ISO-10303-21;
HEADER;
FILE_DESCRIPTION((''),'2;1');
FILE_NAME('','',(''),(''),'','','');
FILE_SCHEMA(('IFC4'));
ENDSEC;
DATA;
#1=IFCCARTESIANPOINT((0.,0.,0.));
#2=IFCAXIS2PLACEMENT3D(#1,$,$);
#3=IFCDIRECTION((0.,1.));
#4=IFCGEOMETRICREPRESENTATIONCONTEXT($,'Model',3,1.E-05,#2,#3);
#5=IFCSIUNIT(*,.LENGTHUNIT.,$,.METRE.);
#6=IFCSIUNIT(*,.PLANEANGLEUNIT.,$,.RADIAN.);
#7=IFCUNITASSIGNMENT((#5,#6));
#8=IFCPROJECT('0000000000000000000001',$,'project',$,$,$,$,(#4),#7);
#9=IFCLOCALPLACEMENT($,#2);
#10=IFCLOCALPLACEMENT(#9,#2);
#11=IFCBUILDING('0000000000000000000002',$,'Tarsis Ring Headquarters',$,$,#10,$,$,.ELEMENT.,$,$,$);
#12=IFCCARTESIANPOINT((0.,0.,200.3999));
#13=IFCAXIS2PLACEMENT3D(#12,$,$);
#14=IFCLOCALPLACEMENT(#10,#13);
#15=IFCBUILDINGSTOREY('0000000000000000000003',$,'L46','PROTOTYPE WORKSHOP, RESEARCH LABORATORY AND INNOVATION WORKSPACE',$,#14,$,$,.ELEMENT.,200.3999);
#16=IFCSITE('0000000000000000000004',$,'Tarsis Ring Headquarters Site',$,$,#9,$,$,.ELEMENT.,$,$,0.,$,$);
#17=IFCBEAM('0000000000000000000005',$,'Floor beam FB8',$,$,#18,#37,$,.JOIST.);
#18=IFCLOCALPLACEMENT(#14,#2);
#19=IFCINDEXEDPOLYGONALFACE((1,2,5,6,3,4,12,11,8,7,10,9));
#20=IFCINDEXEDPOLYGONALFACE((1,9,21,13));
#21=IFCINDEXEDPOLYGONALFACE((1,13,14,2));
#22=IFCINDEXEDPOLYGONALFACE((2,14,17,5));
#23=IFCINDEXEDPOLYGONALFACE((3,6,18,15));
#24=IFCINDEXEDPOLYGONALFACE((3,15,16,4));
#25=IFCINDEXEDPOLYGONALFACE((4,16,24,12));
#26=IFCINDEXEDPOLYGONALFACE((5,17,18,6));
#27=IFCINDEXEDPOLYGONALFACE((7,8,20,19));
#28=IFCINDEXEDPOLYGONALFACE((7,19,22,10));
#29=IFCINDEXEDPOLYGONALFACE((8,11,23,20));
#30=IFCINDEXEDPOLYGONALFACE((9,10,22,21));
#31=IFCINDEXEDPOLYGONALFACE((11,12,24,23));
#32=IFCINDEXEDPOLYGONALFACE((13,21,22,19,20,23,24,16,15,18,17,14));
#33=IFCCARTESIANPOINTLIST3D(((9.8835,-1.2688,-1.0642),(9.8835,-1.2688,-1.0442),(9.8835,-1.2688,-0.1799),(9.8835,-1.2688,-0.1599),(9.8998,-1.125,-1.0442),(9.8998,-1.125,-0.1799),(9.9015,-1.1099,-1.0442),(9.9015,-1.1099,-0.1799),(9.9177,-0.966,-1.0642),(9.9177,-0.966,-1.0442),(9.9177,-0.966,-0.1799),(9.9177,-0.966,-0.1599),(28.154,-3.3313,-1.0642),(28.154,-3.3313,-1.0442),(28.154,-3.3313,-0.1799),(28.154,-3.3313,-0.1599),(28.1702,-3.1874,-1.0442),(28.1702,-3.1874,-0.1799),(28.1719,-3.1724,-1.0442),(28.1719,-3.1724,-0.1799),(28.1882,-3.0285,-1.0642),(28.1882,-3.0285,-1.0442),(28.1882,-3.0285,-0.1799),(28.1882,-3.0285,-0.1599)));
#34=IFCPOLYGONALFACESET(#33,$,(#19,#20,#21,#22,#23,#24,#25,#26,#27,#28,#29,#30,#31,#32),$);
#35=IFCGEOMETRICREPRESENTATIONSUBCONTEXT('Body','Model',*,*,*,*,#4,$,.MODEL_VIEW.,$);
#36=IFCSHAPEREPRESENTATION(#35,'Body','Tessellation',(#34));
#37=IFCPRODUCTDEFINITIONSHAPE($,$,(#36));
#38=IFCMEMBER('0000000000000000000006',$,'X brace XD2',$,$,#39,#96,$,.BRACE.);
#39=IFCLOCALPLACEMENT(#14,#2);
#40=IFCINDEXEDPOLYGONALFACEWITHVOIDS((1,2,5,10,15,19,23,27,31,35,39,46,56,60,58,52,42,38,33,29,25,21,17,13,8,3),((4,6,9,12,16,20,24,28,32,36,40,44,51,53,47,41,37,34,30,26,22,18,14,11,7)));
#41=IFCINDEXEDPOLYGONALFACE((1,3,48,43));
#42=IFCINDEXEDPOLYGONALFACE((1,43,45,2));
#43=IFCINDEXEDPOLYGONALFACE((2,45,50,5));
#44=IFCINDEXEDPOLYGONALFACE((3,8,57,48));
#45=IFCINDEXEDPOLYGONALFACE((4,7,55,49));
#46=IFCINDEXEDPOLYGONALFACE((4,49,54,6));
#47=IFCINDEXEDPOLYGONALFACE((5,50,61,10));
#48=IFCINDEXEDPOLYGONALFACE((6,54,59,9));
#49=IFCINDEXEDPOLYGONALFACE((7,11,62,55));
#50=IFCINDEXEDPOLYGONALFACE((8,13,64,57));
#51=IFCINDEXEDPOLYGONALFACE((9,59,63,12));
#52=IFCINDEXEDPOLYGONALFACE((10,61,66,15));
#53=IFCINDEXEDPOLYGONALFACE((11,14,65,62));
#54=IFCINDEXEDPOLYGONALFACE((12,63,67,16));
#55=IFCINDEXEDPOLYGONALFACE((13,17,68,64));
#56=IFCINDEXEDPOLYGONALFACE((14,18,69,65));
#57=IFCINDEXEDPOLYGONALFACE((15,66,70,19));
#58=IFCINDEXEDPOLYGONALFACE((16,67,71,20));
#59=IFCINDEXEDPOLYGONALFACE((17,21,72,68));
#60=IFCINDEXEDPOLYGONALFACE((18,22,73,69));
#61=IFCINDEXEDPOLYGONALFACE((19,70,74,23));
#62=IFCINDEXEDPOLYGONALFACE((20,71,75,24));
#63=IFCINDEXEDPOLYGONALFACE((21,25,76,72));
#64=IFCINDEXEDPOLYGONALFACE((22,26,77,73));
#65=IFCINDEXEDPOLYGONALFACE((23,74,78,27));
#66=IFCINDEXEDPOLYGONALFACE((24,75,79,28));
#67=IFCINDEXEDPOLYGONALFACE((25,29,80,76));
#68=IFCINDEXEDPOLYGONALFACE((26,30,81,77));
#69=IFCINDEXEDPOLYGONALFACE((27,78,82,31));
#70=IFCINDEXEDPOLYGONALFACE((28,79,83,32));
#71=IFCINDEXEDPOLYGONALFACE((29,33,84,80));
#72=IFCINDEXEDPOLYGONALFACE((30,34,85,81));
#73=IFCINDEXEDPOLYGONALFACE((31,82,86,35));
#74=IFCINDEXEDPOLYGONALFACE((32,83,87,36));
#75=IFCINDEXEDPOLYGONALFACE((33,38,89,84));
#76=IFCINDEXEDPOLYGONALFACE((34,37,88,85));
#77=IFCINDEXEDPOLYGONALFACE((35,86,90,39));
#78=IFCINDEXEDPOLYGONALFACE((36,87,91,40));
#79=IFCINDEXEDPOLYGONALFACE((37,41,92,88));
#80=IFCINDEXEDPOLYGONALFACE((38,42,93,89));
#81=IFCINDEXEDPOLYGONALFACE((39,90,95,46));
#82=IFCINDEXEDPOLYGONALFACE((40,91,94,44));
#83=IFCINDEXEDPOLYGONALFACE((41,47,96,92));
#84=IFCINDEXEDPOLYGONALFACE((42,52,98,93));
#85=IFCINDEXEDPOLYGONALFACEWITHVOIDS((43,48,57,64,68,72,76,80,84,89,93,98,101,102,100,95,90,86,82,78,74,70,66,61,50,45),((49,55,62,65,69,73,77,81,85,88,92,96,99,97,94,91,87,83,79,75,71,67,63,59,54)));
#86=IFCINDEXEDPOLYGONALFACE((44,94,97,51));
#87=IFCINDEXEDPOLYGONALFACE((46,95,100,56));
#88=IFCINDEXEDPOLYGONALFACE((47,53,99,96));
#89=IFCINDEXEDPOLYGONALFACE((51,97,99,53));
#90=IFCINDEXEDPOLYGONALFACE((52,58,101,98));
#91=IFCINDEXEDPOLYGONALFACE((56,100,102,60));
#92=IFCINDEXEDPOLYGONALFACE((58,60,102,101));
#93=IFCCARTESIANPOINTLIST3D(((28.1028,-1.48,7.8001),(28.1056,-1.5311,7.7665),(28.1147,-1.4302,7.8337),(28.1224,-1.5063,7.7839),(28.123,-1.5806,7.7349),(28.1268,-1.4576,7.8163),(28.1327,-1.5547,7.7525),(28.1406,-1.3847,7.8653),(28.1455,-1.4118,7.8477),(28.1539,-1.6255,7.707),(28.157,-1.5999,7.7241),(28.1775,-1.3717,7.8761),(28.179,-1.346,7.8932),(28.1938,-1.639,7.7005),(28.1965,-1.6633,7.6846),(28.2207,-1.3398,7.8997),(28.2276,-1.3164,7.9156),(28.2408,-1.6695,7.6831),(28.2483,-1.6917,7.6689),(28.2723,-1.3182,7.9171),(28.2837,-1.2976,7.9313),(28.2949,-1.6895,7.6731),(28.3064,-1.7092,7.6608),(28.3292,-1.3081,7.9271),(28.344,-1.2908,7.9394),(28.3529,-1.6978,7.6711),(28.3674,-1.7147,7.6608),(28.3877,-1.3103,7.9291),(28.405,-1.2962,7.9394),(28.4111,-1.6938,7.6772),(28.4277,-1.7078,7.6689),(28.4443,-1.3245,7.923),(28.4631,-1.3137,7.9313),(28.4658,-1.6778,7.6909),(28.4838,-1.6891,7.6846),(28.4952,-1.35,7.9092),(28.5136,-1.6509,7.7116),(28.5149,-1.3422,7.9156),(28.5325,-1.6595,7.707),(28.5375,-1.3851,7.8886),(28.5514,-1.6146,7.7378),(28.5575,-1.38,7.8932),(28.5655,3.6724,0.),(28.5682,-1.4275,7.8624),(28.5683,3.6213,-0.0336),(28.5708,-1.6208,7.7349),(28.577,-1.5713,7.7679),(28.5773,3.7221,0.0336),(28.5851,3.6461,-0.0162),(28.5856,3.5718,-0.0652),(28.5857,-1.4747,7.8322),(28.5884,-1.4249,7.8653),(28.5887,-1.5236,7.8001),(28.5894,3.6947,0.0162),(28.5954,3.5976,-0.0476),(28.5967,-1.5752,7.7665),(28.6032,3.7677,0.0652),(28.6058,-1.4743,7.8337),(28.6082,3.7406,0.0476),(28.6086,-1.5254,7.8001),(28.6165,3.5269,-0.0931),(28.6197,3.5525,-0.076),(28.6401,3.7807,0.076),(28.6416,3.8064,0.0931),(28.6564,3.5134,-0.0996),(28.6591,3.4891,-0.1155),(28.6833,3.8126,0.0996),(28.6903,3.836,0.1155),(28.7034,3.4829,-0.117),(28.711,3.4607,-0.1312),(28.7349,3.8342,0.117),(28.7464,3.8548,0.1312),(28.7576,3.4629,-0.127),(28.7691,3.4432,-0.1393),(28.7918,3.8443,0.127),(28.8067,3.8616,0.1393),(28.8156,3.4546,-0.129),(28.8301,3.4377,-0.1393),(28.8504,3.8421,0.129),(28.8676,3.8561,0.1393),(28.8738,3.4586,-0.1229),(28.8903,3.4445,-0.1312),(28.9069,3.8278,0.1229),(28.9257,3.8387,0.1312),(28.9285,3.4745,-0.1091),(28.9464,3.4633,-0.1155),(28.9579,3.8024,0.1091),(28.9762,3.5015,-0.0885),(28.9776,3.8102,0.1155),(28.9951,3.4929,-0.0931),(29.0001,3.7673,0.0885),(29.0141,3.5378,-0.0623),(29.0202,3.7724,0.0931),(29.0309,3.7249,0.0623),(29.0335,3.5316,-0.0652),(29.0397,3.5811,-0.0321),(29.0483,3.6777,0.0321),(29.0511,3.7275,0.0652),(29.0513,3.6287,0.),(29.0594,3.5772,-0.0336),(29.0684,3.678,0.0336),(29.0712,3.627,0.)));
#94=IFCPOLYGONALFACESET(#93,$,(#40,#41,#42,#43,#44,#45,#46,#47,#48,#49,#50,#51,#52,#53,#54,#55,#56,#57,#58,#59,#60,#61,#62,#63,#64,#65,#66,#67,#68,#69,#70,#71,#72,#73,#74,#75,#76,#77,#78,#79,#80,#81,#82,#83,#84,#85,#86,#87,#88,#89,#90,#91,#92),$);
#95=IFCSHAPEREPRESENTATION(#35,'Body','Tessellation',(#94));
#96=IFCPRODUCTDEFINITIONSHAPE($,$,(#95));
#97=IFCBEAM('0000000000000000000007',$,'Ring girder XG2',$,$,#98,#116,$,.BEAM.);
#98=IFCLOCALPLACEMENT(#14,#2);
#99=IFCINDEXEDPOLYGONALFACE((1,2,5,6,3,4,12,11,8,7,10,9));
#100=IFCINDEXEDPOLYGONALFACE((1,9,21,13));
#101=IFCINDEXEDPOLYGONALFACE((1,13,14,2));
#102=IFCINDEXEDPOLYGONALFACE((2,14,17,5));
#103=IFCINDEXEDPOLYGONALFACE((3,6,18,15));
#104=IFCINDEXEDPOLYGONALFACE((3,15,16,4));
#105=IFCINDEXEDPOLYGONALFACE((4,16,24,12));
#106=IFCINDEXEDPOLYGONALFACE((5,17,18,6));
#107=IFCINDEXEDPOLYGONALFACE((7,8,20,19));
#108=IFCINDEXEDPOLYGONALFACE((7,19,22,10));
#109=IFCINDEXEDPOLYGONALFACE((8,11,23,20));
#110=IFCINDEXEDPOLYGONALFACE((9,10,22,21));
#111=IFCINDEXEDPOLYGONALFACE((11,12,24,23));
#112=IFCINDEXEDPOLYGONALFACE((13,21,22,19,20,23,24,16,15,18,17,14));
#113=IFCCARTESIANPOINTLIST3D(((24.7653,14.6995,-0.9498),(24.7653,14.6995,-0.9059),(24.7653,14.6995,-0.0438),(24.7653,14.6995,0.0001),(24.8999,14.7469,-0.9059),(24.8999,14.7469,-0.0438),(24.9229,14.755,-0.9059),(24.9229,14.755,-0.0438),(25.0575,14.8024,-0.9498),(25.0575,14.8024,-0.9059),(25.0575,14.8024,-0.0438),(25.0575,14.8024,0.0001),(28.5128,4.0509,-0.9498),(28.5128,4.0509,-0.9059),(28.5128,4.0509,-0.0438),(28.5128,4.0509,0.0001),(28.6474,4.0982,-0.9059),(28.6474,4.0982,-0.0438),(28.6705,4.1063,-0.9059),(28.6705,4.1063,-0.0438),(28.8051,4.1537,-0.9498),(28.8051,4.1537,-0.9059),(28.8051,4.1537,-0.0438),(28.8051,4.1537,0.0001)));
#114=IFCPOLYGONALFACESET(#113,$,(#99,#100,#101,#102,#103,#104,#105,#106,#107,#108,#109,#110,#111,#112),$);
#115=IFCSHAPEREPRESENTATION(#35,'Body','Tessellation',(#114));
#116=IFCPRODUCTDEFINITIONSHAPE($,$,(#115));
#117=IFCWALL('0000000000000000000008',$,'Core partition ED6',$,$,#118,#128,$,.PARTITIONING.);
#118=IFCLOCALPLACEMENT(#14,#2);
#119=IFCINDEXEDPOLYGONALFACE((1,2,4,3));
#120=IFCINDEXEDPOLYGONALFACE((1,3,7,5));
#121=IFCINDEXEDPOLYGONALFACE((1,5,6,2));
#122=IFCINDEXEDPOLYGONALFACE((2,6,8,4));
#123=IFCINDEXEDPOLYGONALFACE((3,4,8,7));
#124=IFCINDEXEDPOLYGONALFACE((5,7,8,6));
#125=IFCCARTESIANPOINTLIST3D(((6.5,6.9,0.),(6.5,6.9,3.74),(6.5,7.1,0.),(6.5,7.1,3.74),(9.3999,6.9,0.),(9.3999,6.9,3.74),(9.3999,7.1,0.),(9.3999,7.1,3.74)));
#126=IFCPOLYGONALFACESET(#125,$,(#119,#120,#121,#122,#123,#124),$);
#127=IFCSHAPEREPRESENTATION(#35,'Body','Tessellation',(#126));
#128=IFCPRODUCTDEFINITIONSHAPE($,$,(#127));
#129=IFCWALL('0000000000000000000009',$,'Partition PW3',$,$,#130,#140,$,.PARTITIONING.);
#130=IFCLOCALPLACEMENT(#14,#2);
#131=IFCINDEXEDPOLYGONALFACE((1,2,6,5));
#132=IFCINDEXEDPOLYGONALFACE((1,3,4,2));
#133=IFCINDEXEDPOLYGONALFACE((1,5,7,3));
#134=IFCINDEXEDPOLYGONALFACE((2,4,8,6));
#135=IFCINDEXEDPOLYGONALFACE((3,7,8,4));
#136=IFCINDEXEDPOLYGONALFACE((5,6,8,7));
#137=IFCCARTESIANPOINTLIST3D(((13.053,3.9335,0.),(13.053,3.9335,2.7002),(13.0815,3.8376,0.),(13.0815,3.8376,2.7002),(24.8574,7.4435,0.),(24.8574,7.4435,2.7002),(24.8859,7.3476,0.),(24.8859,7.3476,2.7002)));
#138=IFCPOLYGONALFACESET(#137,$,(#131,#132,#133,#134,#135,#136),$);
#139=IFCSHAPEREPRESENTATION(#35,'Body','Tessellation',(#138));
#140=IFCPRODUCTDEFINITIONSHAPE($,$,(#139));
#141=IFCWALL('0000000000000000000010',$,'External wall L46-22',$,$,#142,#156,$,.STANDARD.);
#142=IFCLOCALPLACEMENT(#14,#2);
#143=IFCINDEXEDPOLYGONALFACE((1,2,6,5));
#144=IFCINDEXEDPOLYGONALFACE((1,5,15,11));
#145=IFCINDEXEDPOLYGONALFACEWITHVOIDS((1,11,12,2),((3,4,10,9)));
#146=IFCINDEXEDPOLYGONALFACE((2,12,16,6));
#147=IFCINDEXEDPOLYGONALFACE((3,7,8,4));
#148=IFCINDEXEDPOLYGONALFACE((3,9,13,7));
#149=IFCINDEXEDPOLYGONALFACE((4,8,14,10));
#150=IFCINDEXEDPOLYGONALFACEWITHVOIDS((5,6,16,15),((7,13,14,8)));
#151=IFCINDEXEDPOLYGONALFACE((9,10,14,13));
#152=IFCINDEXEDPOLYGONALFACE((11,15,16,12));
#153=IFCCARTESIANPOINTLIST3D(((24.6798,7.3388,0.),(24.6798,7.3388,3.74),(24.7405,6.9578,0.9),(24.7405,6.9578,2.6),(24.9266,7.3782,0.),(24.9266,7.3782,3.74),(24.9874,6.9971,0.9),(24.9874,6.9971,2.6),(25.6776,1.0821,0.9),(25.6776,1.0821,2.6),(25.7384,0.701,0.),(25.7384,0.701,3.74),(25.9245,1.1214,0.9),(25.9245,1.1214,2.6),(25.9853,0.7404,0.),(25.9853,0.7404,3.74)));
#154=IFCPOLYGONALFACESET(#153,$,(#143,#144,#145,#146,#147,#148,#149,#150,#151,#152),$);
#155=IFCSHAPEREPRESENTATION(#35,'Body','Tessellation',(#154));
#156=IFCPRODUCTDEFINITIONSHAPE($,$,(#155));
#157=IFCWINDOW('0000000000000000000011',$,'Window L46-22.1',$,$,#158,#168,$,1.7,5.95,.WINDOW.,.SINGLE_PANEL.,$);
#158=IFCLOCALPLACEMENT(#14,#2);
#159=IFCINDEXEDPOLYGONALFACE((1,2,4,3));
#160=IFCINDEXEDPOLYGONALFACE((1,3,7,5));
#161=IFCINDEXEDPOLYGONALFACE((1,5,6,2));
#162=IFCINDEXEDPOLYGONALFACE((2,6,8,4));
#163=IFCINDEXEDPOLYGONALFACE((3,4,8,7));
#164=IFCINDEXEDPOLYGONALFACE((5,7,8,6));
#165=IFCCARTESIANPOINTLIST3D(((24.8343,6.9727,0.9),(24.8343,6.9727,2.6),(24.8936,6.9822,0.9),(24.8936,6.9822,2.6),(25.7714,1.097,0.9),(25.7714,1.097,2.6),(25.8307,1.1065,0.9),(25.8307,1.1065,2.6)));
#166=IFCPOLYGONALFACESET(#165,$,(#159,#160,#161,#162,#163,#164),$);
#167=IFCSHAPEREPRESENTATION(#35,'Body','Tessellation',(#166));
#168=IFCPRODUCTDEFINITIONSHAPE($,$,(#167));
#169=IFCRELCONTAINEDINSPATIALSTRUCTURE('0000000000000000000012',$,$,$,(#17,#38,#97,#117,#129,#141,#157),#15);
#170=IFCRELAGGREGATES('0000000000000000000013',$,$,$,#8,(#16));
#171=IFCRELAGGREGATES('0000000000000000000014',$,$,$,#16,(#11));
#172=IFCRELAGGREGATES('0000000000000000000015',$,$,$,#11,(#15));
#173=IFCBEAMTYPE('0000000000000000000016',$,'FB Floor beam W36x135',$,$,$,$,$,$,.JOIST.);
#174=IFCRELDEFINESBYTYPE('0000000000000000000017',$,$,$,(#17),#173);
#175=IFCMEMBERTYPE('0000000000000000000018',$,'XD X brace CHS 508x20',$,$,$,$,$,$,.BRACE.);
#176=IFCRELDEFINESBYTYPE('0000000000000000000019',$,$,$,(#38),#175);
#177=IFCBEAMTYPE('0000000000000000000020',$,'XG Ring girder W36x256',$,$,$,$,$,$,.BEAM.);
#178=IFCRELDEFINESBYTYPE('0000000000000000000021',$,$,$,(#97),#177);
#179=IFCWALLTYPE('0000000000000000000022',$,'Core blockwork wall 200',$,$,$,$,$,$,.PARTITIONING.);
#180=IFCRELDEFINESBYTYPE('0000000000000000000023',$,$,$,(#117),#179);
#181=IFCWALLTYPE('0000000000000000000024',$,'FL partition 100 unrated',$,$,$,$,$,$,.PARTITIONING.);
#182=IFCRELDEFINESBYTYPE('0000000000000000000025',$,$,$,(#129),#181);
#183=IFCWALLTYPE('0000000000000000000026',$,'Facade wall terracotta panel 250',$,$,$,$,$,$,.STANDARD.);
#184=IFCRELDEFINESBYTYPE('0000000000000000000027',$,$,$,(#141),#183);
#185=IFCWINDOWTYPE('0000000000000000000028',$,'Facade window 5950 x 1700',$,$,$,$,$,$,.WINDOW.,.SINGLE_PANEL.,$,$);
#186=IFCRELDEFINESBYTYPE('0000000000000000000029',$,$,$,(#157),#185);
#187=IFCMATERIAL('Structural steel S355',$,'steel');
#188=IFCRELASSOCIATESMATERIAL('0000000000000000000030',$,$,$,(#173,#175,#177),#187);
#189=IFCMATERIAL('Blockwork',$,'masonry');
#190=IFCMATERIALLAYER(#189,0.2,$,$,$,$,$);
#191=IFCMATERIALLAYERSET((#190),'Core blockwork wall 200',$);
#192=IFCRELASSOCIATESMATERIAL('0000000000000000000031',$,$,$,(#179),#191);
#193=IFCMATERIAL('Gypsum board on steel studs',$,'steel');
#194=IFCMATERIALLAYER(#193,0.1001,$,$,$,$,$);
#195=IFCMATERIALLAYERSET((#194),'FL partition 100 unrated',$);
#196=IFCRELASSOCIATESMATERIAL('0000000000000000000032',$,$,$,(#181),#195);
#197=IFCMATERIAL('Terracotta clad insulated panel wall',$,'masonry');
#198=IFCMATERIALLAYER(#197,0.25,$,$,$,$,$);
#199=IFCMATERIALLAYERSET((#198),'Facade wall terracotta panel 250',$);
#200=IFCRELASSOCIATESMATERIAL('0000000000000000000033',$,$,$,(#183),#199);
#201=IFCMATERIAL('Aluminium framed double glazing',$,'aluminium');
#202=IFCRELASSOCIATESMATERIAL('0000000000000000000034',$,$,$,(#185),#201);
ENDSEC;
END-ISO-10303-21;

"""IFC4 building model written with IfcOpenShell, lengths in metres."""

from ifc_helpers import new_model, si_unit, direction, frame, frame_2d, origin, origin_2d, place, context, subcontext, project, spatial, rectangle, hollow_circle, i_section, extrude, material, layer, layer_set, material_profile, profile_set, type_object, element, fill, save


model = new_model("IFC4")

# Units and contexts
model_context = context("Model", 3, precision=1e-05, world=origin(), true_north=direction((0.0, 1.0)))
body_context = subcontext(model_context, "Body", "Model", "MODEL_VIEW")
ifc_project = project(units=[si_unit("LENGTHUNIT", "METRE"), si_unit("PLANEANGLEUNIT", "RADIAN")], contexts=[model_context])

# Site, building, storey
site_placement = place(None, origin())
site = spatial("IfcSite", under=ifc_project, at=site_placement, Name="Tarsis Ring Headquarters Site", CompositionType="ELEMENT", RefElevation=0.0)
building_placement = place(site_placement, origin())
building = spatial("IfcBuilding", under=site, at=building_placement, Name="Tarsis Ring Headquarters", CompositionType="ELEMENT")
storey_placement = place(building_placement, frame((0.0, 0.0, 200.3999)))
storey = spatial("IfcBuildingStorey", under=building, at=storey_placement, Name="L46", Description="PROTOTYPE WORKSHOP, RESEARCH LABORATORY AND INNOVATION WORKSPACE", CompositionType="ELEMENT", Elevation=200.3999)

# Shared definitions
ifc_material_1 = material(Name="Structural steel S355", Category="steel")

# Beam
ifc_material_profile_1 = material_profile(ifc_material_1, i_section(OverallWidth=0.3047, OverallDepth=0.9043, WebThickness=0.0151, FlangeThickness=0.02, at=origin_2d()), Name="W36x135")
ifc_profile_set_1 = profile_set([ifc_material_profile_1], Name="Structural steel S355")
beam_type_1 = type_object("IfcBeamType", Name="FB Floor beam W36x135", PredefinedType="JOIST", material=ifc_profile_set_1)
beam_1_placement = place(storey_placement, frame((9.9006, -1.1174, -0.6121), z_axis=(0.993689, -0.112174, 0.0), x_axis=(0.112174, 0.993689, 0.0)))
element("IfcBeam", 1, at=beam_1_placement, inside=storey, type_object=beam_type_1, Name="Floor beam FB8", PredefinedType="JOIST", context=body_context, shape_type="SweptSolid", body=[
    extrude(i_section(OverallWidth=0.3047, OverallDepth=0.9043, WebThickness=0.0151, FlangeThickness=0.02, at=origin_2d()), origin(), (0.0, 0.0, 1.0), 18.3865),
])

# Member
ifc_material_profile_2 = material_profile(ifc_material_1, hollow_circle(Radius=0.2539, WallThickness=0.02, at=origin_2d()), Name="CHS 508x20")
ifc_profile_set_2 = profile_set([ifc_material_profile_2], Name="Structural steel S355")
member_type = type_object("IfcMemberType", Name="XD X brace CHS 508x20", PredefinedType="BRACE", material=ifc_profile_set_2)
member_placement = place(storey_placement, frame((28.8184, 3.6497, 0.0), z_axis=(-0.04943, -0.55049, 0.833377), x_axis=(0.995993, -0.089434, 0.0)))
element("IfcMember", 2, at=member_placement, inside=storey, type_object=member_type, Name="X brace XD2", PredefinedType="BRACE", context=body_context, shape_type="SweptSolid", body=[
    extrude(hollow_circle(Radius=0.2539, WallThickness=0.02, at=origin_2d()), origin(), (0.0, 0.0, 1.0), 9.3596),
])

# Beam
ifc_material_profile_3 = material_profile(ifc_material_1, i_section(OverallWidth=0.3098, OverallDepth=0.95, WebThickness=0.0244, FlangeThickness=0.0439, at=origin_2d()), Name="W36x256")
ifc_profile_set_3 = profile_set([ifc_material_profile_3], Name="Structural steel S355")
beam_type_2 = type_object("IfcBeamType", Name="XG Ring girder W36x256", PredefinedType="BEAM", material=ifc_profile_set_3)
beam_2_placement = place(storey_placement, frame((28.6589, 4.1023, -0.4749), z_axis=(-0.331969, 0.94329, 0.0), x_axis=(-0.94329, -0.331969, 0.0)))
element("IfcBeam", 3, at=beam_2_placement, inside=storey, type_object=beam_type_2, Name="Ring girder XG2", PredefinedType="BEAM", context=body_context, shape_type="SweptSolid", body=[
    extrude(i_section(OverallWidth=0.3098, OverallDepth=0.95, WebThickness=0.0244, FlangeThickness=0.0439, at=origin_2d()), origin(), (0.0, 0.0, 1.0), 11.2888),
])

# Walls
ifc_material_2 = material(Name="Blockwork", Category="masonry")
ifc_layer_1 = layer(ifc_material_2, 0.2)
ifc_layer_set_1 = layer_set([ifc_layer_1], Name="Core blockwork wall 200")
wall_type_1 = type_object("IfcWallType", Name="Core blockwork wall 200", PredefinedType="PARTITIONING", material=ifc_layer_set_1)
wall_1_placement = place(storey_placement, frame((6.5, 7.0, 0.0), z_axis=(0.0, 0.0, 1.0), x_axis=(1.0, 0.0, 0.0)))
element("IfcWall", 4, at=wall_1_placement, inside=storey, type_object=wall_type_1, Name="Core partition ED6", PredefinedType="PARTITIONING", context=body_context, shape_type="SweptSolid", body=[
    extrude(rectangle(XDim=2.8999, YDim=0.2, at=frame_2d((1.45, 0.0))), origin(), (0.0, 0.0, 1.0), 3.74),
])
ifc_material_3 = material(Name="Gypsum board on steel studs", Category="steel")
ifc_layer_2 = layer(ifc_material_3, 0.1001)
ifc_layer_set_2 = layer_set([ifc_layer_2], Name="FL partition 100 unrated")
wall_type_2 = type_object("IfcWallType", Name="FL partition 100 unrated", PredefinedType="PARTITIONING", material=ifc_layer_set_2)
wall_2_placement = place(storey_placement, frame((13.0671, 3.8855, 0.0), z_axis=(0.0, 0.0, 1.0), x_axis=(0.958523, 0.285014, 0.0)))
element("IfcWall", 5, at=wall_2_placement, inside=storey, type_object=wall_type_2, Name="Partition PW3", PredefinedType="PARTITIONING", context=body_context, shape_type="SweptSolid", body=[
    extrude(rectangle(XDim=12.3152, YDim=0.1001, at=frame_2d((6.1577, 0.0))), origin(), (0.0, 0.0, 1.0), 2.7002),
])

# Wall, opening, window
ifc_material_4 = material(Name="Terracotta clad insulated panel wall", Category="masonry")
ifc_layer_3 = layer(ifc_material_4, 0.25)
ifc_layer_set_3 = layer_set([ifc_layer_3], Name="Facade wall terracotta panel 250")
wall_type_3 = type_object("IfcWallType", Name="Facade wall terracotta panel 250", PredefinedType="STANDARD", material=ifc_layer_set_3)
wall_3_placement = place(storey_placement, frame((25.8618, 0.7207, 0.0), z_axis=(0.0, 0.0, 1.0), x_axis=(-0.157492, 0.98752, 0.0)))
wall_3 = element("IfcWall", 6, at=wall_3_placement, inside=storey, type_object=wall_type_3, Name="External wall L46-22", PredefinedType="STANDARD", context=body_context, shape_type="SweptSolid", body=[
    extrude(rectangle(XDim=6.7217, YDim=0.25, at=frame_2d((3.3608, 0.0))), origin(), (0.0, 0.0, 1.0), 3.74),
])
opening_1_placement = place(wall_3_placement, frame((0.3857, 0.0, 0.8999)))
opening_1 = element("IfcOpeningElement", 7, at=opening_1_placement, cuts=wall_3, PredefinedType="OPENING", context=body_context, shape_type="SweptSolid", body=[
    extrude(rectangle(XDim=5.95, YDim=1.7, at=frame_2d((2.9751, 0.8501))), frame((0.0, 0.135, 0.0), z_axis=(0.0, -1.0, 0.0), x_axis=(1.0, 0.0, 0.0)), (0.0, 0.0, 1.0), 0.27),
])
ifc_material_5 = material(Name="Aluminium framed double glazing", Category="aluminium")
window_type = type_object("IfcWindowType", Name="Facade window 5950 x 1700", PartitioningType="SINGLE_PANEL", PredefinedType="WINDOW", material=ifc_material_5)
window_1_placement = place(opening_1_placement, origin())
window_1 = element("IfcWindow", 8, at=window_1_placement, inside=storey, type_object=window_type, Name="Window L46-22.1", OverallHeight=1.7, OverallWidth=5.95, PartitioningType="SINGLE_PANEL", PredefinedType="WINDOW", context=body_context, shape_type="SweptSolid", body=[
    extrude(rectangle(XDim=5.95, YDim=1.7, at=frame_2d((2.9751, 0.8501))), frame((0.0, 0.03, 0.0), z_axis=(0.0, -1.0, 0.0), x_axis=(1.0, 0.0, 0.0)), (0.0, 0.0, 1.0), 0.0601),
])
fill(opening_1, window_1)

save(model, "model.ifc")
